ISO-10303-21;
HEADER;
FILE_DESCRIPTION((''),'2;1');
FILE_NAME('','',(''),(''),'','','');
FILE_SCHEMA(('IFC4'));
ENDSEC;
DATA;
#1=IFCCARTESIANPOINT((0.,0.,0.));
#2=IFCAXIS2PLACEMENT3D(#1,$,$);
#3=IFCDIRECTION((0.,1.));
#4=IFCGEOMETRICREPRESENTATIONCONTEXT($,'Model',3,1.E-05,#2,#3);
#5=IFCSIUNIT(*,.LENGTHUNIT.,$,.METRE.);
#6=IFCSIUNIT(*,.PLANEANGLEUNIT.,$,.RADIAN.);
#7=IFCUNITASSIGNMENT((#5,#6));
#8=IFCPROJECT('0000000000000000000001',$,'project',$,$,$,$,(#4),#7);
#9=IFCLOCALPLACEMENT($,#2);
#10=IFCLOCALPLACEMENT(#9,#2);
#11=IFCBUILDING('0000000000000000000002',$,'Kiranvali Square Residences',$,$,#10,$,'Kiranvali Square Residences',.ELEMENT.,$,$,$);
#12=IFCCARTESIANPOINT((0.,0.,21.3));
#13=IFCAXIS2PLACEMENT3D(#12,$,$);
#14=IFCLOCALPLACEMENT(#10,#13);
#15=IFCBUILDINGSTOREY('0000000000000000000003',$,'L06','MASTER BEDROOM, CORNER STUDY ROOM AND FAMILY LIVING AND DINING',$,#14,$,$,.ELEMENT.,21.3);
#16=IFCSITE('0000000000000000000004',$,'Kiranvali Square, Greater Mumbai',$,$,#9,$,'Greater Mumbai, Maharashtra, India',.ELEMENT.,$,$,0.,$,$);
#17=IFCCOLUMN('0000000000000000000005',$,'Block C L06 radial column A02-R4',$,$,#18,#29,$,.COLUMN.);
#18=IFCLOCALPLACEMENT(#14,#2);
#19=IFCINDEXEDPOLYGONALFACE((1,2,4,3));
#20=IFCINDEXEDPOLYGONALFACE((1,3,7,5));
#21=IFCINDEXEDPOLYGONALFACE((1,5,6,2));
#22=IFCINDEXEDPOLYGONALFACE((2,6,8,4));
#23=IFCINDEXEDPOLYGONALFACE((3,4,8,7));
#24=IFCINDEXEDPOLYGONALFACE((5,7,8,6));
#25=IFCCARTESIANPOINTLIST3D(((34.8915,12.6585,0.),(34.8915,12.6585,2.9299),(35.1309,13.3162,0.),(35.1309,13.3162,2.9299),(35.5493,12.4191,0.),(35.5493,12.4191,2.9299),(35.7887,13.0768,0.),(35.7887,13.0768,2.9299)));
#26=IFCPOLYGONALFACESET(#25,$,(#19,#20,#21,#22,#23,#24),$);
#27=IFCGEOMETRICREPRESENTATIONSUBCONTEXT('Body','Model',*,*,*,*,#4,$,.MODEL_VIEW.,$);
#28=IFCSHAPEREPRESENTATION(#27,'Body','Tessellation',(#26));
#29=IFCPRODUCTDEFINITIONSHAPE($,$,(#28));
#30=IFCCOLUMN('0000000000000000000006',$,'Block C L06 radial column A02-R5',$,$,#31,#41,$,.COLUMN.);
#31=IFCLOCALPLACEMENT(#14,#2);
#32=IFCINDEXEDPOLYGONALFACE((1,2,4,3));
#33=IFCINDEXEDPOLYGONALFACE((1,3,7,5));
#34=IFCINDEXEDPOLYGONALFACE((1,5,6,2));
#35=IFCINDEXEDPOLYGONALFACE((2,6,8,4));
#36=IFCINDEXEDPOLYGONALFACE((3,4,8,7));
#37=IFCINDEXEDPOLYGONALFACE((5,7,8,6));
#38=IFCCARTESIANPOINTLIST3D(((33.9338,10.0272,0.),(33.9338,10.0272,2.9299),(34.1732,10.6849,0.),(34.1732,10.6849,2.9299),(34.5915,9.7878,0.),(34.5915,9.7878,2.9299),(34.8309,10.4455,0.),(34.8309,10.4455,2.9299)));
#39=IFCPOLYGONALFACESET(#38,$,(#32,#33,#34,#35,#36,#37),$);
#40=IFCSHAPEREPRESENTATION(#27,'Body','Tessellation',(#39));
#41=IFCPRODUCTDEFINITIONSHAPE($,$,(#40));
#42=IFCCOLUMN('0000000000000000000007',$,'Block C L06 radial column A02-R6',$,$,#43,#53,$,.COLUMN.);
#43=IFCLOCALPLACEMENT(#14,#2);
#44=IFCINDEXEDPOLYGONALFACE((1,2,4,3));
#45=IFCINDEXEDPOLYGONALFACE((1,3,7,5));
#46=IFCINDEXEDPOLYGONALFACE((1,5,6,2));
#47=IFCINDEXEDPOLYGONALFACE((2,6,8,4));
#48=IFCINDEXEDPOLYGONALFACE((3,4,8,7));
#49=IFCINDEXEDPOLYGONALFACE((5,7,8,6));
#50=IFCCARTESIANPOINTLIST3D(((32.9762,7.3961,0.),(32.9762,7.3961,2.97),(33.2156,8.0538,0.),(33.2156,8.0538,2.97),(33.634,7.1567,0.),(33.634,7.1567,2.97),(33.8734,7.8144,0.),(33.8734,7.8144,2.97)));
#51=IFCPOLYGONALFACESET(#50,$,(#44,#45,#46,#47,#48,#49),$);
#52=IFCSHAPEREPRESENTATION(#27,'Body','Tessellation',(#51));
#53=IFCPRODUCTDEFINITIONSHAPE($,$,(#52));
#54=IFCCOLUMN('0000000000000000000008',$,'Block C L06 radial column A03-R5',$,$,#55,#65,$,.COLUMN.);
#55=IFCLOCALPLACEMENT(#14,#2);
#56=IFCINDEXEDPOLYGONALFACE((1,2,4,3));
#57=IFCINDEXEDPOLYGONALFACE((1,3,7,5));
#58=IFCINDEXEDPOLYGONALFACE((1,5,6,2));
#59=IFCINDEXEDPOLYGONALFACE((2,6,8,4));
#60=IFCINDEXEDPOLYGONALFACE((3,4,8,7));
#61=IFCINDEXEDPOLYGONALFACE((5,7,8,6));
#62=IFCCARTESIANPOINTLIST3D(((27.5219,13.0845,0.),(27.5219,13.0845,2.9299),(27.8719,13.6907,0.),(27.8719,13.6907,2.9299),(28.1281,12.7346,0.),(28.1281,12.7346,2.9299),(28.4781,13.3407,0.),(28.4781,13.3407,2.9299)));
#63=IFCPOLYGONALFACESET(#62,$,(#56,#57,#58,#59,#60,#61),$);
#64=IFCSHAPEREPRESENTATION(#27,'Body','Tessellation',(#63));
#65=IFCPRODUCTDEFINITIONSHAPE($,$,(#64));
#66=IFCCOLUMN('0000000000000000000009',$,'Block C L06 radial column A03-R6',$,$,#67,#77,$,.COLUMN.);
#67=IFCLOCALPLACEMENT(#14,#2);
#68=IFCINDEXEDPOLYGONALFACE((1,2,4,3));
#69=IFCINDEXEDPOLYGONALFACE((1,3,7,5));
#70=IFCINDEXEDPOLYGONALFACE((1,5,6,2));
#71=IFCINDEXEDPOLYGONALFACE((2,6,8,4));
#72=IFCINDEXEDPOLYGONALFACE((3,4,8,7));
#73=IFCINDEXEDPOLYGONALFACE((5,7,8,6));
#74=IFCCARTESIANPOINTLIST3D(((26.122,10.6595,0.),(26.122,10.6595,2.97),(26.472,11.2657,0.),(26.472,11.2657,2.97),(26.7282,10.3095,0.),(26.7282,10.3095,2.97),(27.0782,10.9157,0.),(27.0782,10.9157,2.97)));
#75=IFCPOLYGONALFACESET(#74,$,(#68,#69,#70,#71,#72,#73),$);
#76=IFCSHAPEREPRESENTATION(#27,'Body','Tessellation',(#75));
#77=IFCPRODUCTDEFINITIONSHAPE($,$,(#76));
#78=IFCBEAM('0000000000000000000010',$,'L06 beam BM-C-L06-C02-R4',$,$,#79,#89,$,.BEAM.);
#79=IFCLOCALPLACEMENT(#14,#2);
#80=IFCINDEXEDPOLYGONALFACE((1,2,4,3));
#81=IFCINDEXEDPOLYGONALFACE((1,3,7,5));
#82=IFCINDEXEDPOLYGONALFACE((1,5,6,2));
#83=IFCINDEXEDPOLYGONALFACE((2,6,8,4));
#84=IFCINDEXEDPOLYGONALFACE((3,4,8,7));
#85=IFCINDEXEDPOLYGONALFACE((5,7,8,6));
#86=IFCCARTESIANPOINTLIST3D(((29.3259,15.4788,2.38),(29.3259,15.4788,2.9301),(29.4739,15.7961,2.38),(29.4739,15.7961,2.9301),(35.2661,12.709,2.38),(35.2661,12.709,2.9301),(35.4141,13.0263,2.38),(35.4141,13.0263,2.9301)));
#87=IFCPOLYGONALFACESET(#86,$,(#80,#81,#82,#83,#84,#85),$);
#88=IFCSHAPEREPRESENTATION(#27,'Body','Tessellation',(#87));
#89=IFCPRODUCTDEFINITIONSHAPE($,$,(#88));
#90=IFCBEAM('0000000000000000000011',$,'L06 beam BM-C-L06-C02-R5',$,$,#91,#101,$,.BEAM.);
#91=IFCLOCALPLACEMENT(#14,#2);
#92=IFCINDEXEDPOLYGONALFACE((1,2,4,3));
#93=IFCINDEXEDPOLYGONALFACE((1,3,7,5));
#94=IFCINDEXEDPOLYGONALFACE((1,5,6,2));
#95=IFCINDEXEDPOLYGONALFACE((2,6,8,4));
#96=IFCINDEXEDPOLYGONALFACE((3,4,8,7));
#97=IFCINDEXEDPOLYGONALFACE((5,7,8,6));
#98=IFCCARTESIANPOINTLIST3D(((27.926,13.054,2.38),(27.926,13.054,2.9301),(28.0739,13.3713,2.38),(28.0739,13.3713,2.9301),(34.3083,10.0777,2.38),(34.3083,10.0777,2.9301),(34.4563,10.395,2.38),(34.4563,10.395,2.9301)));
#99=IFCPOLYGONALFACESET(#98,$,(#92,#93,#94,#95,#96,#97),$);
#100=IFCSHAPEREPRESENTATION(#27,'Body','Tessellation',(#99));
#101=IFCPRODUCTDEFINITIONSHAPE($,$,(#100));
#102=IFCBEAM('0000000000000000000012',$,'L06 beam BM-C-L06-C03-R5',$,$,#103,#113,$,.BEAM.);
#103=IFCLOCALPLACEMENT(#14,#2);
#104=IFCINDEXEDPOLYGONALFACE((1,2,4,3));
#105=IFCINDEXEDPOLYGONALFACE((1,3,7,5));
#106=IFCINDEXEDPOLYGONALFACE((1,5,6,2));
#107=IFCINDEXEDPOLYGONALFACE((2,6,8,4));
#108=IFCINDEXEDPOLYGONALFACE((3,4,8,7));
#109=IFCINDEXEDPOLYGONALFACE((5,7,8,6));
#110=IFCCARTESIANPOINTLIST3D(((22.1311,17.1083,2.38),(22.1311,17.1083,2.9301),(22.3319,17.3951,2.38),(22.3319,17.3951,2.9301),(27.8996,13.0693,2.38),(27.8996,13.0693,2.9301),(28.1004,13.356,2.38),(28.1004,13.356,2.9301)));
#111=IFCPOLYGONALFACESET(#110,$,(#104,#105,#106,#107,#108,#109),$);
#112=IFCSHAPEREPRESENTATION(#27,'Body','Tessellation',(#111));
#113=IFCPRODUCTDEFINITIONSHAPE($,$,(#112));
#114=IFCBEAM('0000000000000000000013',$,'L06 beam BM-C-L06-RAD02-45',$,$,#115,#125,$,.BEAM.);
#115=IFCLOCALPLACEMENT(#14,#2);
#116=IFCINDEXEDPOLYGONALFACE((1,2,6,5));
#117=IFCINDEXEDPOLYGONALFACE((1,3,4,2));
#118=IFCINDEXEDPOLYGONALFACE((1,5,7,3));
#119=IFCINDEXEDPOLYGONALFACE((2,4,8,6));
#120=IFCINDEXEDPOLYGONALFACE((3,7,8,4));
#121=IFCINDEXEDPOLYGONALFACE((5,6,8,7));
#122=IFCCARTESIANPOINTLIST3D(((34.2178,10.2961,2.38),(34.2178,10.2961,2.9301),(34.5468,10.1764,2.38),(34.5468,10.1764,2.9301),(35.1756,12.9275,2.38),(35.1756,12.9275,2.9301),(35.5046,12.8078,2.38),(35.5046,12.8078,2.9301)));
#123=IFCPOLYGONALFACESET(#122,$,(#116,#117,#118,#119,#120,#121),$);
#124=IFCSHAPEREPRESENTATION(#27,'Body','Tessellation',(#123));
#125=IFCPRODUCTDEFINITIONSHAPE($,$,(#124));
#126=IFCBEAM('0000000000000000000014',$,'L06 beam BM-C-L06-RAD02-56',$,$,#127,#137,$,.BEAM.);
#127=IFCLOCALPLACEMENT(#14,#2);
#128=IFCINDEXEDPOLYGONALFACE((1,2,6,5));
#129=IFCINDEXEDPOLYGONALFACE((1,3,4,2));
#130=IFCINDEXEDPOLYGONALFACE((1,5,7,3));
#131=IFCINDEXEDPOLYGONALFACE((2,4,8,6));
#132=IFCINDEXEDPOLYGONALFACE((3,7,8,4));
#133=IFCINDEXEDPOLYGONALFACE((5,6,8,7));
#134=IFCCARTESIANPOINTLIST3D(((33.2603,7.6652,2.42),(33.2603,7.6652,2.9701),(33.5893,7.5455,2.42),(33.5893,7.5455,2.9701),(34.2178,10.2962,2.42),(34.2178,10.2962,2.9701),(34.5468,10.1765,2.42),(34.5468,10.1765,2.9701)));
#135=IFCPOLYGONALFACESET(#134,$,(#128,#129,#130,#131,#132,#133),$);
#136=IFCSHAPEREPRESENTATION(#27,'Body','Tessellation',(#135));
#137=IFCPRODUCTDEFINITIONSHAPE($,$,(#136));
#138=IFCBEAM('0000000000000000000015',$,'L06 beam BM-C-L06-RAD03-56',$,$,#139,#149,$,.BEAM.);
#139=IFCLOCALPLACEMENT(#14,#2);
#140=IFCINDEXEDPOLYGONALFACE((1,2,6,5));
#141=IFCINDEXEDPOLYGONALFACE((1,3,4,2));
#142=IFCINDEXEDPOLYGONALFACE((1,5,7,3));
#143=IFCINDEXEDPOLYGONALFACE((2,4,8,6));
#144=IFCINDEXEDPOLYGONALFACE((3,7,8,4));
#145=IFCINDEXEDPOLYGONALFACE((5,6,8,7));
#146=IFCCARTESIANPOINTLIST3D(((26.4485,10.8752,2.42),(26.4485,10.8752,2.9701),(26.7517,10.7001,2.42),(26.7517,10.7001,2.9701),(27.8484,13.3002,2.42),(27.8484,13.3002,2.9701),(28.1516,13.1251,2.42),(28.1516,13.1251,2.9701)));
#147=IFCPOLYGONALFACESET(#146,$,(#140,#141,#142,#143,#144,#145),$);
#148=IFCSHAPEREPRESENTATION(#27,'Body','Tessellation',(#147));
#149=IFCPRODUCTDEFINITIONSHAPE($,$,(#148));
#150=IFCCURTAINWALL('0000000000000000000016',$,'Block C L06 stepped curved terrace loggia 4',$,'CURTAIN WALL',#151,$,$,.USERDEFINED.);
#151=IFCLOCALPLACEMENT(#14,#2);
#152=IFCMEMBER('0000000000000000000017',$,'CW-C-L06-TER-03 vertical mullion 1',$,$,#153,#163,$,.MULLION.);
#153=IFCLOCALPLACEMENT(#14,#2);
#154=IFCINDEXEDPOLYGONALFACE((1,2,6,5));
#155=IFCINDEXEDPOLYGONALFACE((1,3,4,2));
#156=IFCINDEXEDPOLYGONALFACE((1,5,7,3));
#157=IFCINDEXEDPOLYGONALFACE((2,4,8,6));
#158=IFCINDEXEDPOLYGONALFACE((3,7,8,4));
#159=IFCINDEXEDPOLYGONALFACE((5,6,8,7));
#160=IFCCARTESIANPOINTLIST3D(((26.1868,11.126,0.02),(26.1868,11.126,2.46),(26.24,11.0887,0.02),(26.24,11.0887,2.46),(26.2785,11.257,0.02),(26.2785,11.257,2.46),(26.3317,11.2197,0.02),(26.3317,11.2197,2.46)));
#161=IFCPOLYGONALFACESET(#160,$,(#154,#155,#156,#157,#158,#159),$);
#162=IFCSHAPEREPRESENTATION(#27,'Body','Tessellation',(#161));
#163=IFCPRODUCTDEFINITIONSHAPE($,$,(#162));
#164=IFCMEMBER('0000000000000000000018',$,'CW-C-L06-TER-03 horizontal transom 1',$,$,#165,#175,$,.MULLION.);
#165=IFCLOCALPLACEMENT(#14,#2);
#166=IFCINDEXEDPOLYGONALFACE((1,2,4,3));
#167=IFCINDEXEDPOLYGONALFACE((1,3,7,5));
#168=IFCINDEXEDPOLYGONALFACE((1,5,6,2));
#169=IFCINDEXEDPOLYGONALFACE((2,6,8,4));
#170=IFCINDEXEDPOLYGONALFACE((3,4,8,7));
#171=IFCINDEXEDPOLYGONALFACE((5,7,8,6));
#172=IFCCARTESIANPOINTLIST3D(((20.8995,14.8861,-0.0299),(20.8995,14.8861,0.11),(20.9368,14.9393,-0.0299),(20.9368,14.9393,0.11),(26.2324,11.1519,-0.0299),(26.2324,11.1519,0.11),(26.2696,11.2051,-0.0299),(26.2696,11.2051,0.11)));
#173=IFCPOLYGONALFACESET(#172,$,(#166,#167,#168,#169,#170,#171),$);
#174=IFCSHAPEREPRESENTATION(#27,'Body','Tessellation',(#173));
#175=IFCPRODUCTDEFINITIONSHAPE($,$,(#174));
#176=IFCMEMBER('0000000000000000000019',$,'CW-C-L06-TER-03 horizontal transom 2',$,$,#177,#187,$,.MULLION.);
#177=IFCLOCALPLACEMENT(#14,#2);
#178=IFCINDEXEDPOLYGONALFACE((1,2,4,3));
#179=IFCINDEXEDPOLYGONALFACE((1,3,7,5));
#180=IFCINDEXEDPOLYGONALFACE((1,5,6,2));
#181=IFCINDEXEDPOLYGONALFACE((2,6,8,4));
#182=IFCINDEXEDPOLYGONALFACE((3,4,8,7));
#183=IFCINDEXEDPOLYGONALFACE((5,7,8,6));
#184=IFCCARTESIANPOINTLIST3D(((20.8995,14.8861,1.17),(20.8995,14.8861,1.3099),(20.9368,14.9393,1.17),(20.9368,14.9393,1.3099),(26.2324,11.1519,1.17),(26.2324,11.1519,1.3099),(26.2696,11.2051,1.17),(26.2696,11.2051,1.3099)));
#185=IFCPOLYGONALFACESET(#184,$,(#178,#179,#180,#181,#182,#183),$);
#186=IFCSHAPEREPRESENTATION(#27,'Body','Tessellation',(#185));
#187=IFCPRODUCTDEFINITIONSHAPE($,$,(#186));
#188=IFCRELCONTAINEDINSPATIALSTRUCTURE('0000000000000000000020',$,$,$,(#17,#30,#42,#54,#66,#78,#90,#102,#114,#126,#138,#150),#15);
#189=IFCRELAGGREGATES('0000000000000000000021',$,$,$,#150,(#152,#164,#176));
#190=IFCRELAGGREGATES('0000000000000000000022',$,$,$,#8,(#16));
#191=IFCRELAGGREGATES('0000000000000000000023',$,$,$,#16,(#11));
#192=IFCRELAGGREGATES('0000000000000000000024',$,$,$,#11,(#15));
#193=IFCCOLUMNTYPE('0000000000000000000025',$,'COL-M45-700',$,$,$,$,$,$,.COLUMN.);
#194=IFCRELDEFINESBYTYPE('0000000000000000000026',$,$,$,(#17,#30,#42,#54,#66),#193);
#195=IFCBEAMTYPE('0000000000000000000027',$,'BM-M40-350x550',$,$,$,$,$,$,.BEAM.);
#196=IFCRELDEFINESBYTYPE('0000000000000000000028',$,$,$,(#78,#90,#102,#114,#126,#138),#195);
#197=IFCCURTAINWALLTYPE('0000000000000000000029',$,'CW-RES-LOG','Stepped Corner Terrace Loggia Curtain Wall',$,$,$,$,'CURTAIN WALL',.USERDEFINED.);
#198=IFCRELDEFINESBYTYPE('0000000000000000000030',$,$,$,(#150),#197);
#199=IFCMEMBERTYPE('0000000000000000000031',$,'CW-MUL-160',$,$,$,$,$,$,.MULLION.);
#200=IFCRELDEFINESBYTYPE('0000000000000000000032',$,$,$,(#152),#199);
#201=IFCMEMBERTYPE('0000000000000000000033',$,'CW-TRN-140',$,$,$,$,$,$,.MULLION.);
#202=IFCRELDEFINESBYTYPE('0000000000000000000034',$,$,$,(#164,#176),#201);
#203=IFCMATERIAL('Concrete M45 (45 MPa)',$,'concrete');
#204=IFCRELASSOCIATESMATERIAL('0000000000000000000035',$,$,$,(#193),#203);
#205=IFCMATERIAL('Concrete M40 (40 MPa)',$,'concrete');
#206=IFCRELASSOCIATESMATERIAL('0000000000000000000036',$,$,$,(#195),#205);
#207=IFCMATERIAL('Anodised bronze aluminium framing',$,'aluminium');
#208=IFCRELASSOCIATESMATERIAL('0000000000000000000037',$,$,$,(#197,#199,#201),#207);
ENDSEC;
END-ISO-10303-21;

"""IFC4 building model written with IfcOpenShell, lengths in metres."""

from ifc_helpers import new_model, si_unit, direction, frame, origin, origin_2d, place, context, subcontext, project, spatial, rectangle, extrude, material, material_profile, profile_set, type_object, element, aggregate, save


model = new_model("IFC4")

# Units and contexts
model_context = context("Model", 3, precision=1e-05, world=origin(), true_north=direction((0.0, 1.0)))
body_context = subcontext(model_context, "Body", "Model", "MODEL_VIEW")
ifc_project = project(units=[si_unit("LENGTHUNIT", "METRE"), si_unit("PLANEANGLEUNIT", "RADIAN")], contexts=[model_context])

# Site, building, storey
site_placement = place(None, origin())
site = spatial("IfcSite", under=ifc_project, at=site_placement, Name="Kiranvali Square, Greater Mumbai", LongName="Greater Mumbai, Maharashtra, India", CompositionType="ELEMENT", RefElevation=0.0)
building_placement = place(site_placement, origin())
building = spatial("IfcBuilding", under=site, at=building_placement, Name="Kiranvali Square Residences", LongName="Kiranvali Square Residences", CompositionType="ELEMENT")
storey_placement = place(building_placement, frame((0.0, 0.0, 21.3)))
storey = spatial("IfcBuildingStorey", under=building, at=storey_placement, Name="L06", Description="MASTER BEDROOM, CORNER STUDY ROOM AND FAMILY LIVING AND DINING", CompositionType="ELEMENT", Elevation=21.3)

# Columns
ifc_material_1 = material(Name="Concrete M45 (45 MPa)", Category="concrete")
ifc_material_profile_1 = material_profile(ifc_material_1, rectangle(XDim=0.7, YDim=0.7, at=origin_2d()), Name="RC 700x700")
ifc_profile_set_1 = profile_set([ifc_material_profile_1], Name="Concrete M45 (45 MPa)")
column_type = type_object("IfcColumnType", Name="COL-M45-700", PredefinedType="COLUMN", material=ifc_profile_set_1)
for number, where, z_axis, x_axis, name in (
    (1, (35.3401, 12.8677, 0.0), (0.0, 0.0, 1.0), (-0.939693, 0.34202, 0.0), "Block C L06 radial column A02-R4"),
    (2, (34.3823, 10.2363, 0.0), (0.0, 0.0, 1.0), (-0.939693, 0.34202, 0.0), "Block C L06 radial column A02-R5"),
):
    element("IfcColumn", number, at=place(storey_placement, frame(where, z_axis=z_axis, x_axis=x_axis)), inside=storey, type_object=column_type, Name=name, PredefinedType="COLUMN", context=body_context, shape_type="SweptSolid", body=[
        extrude(rectangle(XDim=0.7, YDim=0.7, at=origin_2d()), origin(), (0.0, 0.0, 1.0), 2.9299),
    ])
column_1_placement = place(storey_placement, frame((33.4248, 7.6052, 0.0), z_axis=(0.0, 0.0, 1.0), x_axis=(-0.939693, 0.34202, 0.0)))
element("IfcColumn", 3, at=column_1_placement, inside=storey, type_object=column_type, Name="Block C L06 radial column A02-R6", PredefinedType="COLUMN", context=body_context, shape_type="SweptSolid", body=[
    extrude(rectangle(XDim=0.7, YDim=0.7, at=origin_2d()), origin(), (0.0, 0.0, 1.0), 2.97),
])
column_2_placement = place(storey_placement, frame((28.0, 13.2126, 0.0), z_axis=(0.0, 0.0, 1.0), x_axis=(-0.866025, 0.5, 0.0)))
element("IfcColumn", 4, at=column_2_placement, inside=storey, type_object=column_type, Name="Block C L06 radial column A03-R5", PredefinedType="COLUMN", context=body_context, shape_type="SweptSolid", body=[
    extrude(rectangle(XDim=0.7, YDim=0.7, at=origin_2d()), origin(), (0.0, 0.0, 1.0), 2.9299),
])
column_3_placement = place(storey_placement, frame((26.6001, 10.7876, 0.0), z_axis=(0.0, 0.0, 1.0), x_axis=(-0.866025, 0.5, 0.0)))
element("IfcColumn", 5, at=column_3_placement, inside=storey, type_object=column_type, Name="Block C L06 radial column A03-R6", PredefinedType="COLUMN", context=body_context, shape_type="SweptSolid", body=[
    extrude(rectangle(XDim=0.7, YDim=0.7, at=origin_2d()), origin(), (0.0, 0.0, 1.0), 2.97),
])

# Beams
ifc_material_2 = material(Name="Concrete M40 (40 MPa)", Category="concrete")
ifc_material_profile_2 = material_profile(ifc_material_2, rectangle(XDim=0.3501, YDim=0.55, at=origin_2d()), Name="RC 350x550")
ifc_profile_set_2 = profile_set([ifc_material_profile_2], Name="Concrete M40 (40 MPa)")
beam_type_1 = type_object("IfcBeamType", Name="BM-M40-350x550", PredefinedType="BEAM", material=ifc_profile_set_2)
beam_1_placement = place(storey_placement, frame((35.3401, 12.8677, 2.655), z_axis=(-0.906318, 0.422596, 0.0), x_axis=(-0.422596, -0.906318, 0.0)))
element("IfcBeam", 6, at=beam_1_placement, inside=storey, type_object=beam_type_1, Name="L06 beam BM-C-L06-C02-R4", PredefinedType="BEAM", context=body_context, shape_type="SweptSolid", body=[
    extrude(rectangle(XDim=0.3501, YDim=0.55, at=origin_2d()), origin(), (0.0, 0.0, 1.0), 6.5542),
])
beam_2_placement = place(storey_placement, frame((34.3823, 10.2363, 2.655), z_axis=(-0.906297, 0.422641, 0.0), x_axis=(-0.422641, -0.906297, 0.0)))
element("IfcBeam", 7, at=beam_2_placement, inside=storey, type_object=beam_type_1, Name="L06 beam BM-C-L06-C02-R5", PredefinedType="BEAM", context=body_context, shape_type="SweptSolid", body=[
    extrude(rectangle(XDim=0.3501, YDim=0.55, at=origin_2d()), origin(), (0.0, 0.0, 1.0), 7.0422),
])
beam_3_placement = place(storey_placement, frame((28.0, 13.2126, 2.655), z_axis=(-0.81916, 0.573565, 0.0), x_axis=(-0.573565, -0.81916, 0.0)))
element("IfcBeam", 8, at=beam_3_placement, inside=storey, type_object=beam_type_1, Name="L06 beam BM-C-L06-C03-R5", PredefinedType="BEAM", context=body_context, shape_type="SweptSolid", body=[
    extrude(rectangle(XDim=0.3501, YDim=0.55, at=origin_2d()), origin(), (0.0, 0.0, 1.0), 7.042),
])
beam_4_placement = place(storey_placement, frame((35.3401, 12.8677, 2.655), z_axis=(-0.34203, -0.939689, 0.0), x_axis=(0.939689, -0.34203, 0.0)))
element("IfcBeam", 9, at=beam_4_placement, inside=storey, type_object=beam_type_1, Name="L06 beam BM-C-L06-RAD02-45", PredefinedType="BEAM", context=body_context, shape_type="SweptSolid", body=[
    extrude(rectangle(XDim=0.3501, YDim=0.55, at=origin_2d()), origin(), (0.0, 0.0, 1.0), 2.8003),
])
beam_5_placement = place(storey_placement, frame((34.3823, 10.2363, 2.6951), z_axis=(-0.341981, -0.939707, 0.0), x_axis=(0.939707, -0.341981, 0.0)))
element("IfcBeam", 10, at=beam_5_placement, inside=storey, type_object=beam_type_1, Name="L06 beam BM-C-L06-RAD02-56", PredefinedType="BEAM", context=body_context, shape_type="SweptSolid", body=[
    extrude(rectangle(XDim=0.3501, YDim=0.55, at=origin_2d()), origin(), (0.0, 0.0, 1.0), 2.7998),
])
beam_6_placement = place(storey_placement, frame((28.0, 13.2126, 2.6951), z_axis=(-0.499946, -0.866056, 0.0), x_axis=(0.866056, -0.499946, 0.0)))
element("IfcBeam", 11, at=beam_6_placement, inside=storey, type_object=beam_type_1, Name="L06 beam BM-C-L06-RAD03-56", PredefinedType="BEAM", context=body_context, shape_type="SweptSolid", body=[
    extrude(rectangle(XDim=0.3501, YDim=0.55, at=origin_2d()), origin(), (0.0, 0.0, 1.0), 2.8),
])

# Curtain wall, members
ifc_material_3 = material(Name="Anodised bronze aluminium framing", Category="aluminium")
curtain_wall_type = type_object("IfcCurtainWallType", Name="CW-RES-LOG", Description="Stepped Corner Terrace Loggia Curtain Wall", ElementType="CURTAIN WALL", PredefinedType="USERDEFINED", material=ifc_material_3)
curtain_wall_placement = place(storey_placement, origin())
curtain_wall = element("IfcCurtainWall", 12, at=curtain_wall_placement, inside=storey, type_object=curtain_wall_type, Name="Block C L06 stepped curved terrace loggia 4", ObjectType="CURTAIN WALL", PredefinedType="USERDEFINED")
ifc_material_profile_3 = material_profile(ifc_material_3, rectangle(XDim=0.0649, YDim=0.1599, at=origin_2d()), Name="ALU 65x160")
ifc_profile_set_3 = profile_set([ifc_material_profile_3], Name="Anodised bronze aluminium framing")
member_type_1 = type_object("IfcMemberType", Name="CW-MUL-160", PredefinedType="MULLION", material=ifc_profile_set_3)
member_1_placement = place(storey_placement, frame((26.2593, 11.1729, 0.02), z_axis=(0.0, 0.0, 1.0), x_axis=(-0.819152, 0.573576, 0.0)))
member_1 = element("IfcMember", 13, at=member_1_placement, type_object=member_type_1, Name="CW-C-L06-TER-03 vertical mullion 1", PredefinedType="MULLION", context=body_context, shape_type="SweptSolid", body=[
    extrude(rectangle(XDim=0.0649, YDim=0.1599, at=origin_2d()), origin(), (0.0, 0.0, 1.0), 2.4399),
])
ifc_material_profile_4 = material_profile(ifc_material_3, rectangle(XDim=0.0649, YDim=0.1399, at=origin_2d()), Name="ALU 65x140")
ifc_profile_set_4 = profile_set([ifc_material_profile_4], Name="Anodised bronze aluminium framing")
member_type_2 = type_object("IfcMemberType", Name="CW-TRN-140", PredefinedType="MULLION", material=ifc_profile_set_4)
member_2_placement = place(storey_placement, frame((26.251, 11.1785, 0.04), z_axis=(-0.819146, 0.573586, 0.0), x_axis=(-0.573586, -0.819146, 0.0)))
member_2 = element("IfcMember", 14, at=member_2_placement, type_object=member_type_2, Name="CW-C-L06-TER-03 horizontal transom 1", PredefinedType="MULLION", context=body_context, shape_type="SweptSolid", body=[
    extrude(rectangle(XDim=0.0649, YDim=0.1399, at=origin_2d()), origin(), (0.0, 0.0, 1.0), 6.5103),
])
member_3_placement = place(storey_placement, frame((26.251, 11.1785, 1.24), z_axis=(-0.819146, 0.573586, 0.0), x_axis=(-0.573586, -0.819146, 0.0)))
member_3 = element("IfcMember", 15, at=member_3_placement, type_object=member_type_2, Name="CW-C-L06-TER-03 horizontal transom 2", PredefinedType="MULLION", context=body_context, shape_type="SweptSolid", body=[
    extrude(rectangle(XDim=0.0649, YDim=0.1399, at=origin_2d()), origin(), (0.0, 0.0, 1.0), 6.5103),
])
aggregate(curtain_wall, [member_1, member_2, member_3])

save(model, "model.ifc")
